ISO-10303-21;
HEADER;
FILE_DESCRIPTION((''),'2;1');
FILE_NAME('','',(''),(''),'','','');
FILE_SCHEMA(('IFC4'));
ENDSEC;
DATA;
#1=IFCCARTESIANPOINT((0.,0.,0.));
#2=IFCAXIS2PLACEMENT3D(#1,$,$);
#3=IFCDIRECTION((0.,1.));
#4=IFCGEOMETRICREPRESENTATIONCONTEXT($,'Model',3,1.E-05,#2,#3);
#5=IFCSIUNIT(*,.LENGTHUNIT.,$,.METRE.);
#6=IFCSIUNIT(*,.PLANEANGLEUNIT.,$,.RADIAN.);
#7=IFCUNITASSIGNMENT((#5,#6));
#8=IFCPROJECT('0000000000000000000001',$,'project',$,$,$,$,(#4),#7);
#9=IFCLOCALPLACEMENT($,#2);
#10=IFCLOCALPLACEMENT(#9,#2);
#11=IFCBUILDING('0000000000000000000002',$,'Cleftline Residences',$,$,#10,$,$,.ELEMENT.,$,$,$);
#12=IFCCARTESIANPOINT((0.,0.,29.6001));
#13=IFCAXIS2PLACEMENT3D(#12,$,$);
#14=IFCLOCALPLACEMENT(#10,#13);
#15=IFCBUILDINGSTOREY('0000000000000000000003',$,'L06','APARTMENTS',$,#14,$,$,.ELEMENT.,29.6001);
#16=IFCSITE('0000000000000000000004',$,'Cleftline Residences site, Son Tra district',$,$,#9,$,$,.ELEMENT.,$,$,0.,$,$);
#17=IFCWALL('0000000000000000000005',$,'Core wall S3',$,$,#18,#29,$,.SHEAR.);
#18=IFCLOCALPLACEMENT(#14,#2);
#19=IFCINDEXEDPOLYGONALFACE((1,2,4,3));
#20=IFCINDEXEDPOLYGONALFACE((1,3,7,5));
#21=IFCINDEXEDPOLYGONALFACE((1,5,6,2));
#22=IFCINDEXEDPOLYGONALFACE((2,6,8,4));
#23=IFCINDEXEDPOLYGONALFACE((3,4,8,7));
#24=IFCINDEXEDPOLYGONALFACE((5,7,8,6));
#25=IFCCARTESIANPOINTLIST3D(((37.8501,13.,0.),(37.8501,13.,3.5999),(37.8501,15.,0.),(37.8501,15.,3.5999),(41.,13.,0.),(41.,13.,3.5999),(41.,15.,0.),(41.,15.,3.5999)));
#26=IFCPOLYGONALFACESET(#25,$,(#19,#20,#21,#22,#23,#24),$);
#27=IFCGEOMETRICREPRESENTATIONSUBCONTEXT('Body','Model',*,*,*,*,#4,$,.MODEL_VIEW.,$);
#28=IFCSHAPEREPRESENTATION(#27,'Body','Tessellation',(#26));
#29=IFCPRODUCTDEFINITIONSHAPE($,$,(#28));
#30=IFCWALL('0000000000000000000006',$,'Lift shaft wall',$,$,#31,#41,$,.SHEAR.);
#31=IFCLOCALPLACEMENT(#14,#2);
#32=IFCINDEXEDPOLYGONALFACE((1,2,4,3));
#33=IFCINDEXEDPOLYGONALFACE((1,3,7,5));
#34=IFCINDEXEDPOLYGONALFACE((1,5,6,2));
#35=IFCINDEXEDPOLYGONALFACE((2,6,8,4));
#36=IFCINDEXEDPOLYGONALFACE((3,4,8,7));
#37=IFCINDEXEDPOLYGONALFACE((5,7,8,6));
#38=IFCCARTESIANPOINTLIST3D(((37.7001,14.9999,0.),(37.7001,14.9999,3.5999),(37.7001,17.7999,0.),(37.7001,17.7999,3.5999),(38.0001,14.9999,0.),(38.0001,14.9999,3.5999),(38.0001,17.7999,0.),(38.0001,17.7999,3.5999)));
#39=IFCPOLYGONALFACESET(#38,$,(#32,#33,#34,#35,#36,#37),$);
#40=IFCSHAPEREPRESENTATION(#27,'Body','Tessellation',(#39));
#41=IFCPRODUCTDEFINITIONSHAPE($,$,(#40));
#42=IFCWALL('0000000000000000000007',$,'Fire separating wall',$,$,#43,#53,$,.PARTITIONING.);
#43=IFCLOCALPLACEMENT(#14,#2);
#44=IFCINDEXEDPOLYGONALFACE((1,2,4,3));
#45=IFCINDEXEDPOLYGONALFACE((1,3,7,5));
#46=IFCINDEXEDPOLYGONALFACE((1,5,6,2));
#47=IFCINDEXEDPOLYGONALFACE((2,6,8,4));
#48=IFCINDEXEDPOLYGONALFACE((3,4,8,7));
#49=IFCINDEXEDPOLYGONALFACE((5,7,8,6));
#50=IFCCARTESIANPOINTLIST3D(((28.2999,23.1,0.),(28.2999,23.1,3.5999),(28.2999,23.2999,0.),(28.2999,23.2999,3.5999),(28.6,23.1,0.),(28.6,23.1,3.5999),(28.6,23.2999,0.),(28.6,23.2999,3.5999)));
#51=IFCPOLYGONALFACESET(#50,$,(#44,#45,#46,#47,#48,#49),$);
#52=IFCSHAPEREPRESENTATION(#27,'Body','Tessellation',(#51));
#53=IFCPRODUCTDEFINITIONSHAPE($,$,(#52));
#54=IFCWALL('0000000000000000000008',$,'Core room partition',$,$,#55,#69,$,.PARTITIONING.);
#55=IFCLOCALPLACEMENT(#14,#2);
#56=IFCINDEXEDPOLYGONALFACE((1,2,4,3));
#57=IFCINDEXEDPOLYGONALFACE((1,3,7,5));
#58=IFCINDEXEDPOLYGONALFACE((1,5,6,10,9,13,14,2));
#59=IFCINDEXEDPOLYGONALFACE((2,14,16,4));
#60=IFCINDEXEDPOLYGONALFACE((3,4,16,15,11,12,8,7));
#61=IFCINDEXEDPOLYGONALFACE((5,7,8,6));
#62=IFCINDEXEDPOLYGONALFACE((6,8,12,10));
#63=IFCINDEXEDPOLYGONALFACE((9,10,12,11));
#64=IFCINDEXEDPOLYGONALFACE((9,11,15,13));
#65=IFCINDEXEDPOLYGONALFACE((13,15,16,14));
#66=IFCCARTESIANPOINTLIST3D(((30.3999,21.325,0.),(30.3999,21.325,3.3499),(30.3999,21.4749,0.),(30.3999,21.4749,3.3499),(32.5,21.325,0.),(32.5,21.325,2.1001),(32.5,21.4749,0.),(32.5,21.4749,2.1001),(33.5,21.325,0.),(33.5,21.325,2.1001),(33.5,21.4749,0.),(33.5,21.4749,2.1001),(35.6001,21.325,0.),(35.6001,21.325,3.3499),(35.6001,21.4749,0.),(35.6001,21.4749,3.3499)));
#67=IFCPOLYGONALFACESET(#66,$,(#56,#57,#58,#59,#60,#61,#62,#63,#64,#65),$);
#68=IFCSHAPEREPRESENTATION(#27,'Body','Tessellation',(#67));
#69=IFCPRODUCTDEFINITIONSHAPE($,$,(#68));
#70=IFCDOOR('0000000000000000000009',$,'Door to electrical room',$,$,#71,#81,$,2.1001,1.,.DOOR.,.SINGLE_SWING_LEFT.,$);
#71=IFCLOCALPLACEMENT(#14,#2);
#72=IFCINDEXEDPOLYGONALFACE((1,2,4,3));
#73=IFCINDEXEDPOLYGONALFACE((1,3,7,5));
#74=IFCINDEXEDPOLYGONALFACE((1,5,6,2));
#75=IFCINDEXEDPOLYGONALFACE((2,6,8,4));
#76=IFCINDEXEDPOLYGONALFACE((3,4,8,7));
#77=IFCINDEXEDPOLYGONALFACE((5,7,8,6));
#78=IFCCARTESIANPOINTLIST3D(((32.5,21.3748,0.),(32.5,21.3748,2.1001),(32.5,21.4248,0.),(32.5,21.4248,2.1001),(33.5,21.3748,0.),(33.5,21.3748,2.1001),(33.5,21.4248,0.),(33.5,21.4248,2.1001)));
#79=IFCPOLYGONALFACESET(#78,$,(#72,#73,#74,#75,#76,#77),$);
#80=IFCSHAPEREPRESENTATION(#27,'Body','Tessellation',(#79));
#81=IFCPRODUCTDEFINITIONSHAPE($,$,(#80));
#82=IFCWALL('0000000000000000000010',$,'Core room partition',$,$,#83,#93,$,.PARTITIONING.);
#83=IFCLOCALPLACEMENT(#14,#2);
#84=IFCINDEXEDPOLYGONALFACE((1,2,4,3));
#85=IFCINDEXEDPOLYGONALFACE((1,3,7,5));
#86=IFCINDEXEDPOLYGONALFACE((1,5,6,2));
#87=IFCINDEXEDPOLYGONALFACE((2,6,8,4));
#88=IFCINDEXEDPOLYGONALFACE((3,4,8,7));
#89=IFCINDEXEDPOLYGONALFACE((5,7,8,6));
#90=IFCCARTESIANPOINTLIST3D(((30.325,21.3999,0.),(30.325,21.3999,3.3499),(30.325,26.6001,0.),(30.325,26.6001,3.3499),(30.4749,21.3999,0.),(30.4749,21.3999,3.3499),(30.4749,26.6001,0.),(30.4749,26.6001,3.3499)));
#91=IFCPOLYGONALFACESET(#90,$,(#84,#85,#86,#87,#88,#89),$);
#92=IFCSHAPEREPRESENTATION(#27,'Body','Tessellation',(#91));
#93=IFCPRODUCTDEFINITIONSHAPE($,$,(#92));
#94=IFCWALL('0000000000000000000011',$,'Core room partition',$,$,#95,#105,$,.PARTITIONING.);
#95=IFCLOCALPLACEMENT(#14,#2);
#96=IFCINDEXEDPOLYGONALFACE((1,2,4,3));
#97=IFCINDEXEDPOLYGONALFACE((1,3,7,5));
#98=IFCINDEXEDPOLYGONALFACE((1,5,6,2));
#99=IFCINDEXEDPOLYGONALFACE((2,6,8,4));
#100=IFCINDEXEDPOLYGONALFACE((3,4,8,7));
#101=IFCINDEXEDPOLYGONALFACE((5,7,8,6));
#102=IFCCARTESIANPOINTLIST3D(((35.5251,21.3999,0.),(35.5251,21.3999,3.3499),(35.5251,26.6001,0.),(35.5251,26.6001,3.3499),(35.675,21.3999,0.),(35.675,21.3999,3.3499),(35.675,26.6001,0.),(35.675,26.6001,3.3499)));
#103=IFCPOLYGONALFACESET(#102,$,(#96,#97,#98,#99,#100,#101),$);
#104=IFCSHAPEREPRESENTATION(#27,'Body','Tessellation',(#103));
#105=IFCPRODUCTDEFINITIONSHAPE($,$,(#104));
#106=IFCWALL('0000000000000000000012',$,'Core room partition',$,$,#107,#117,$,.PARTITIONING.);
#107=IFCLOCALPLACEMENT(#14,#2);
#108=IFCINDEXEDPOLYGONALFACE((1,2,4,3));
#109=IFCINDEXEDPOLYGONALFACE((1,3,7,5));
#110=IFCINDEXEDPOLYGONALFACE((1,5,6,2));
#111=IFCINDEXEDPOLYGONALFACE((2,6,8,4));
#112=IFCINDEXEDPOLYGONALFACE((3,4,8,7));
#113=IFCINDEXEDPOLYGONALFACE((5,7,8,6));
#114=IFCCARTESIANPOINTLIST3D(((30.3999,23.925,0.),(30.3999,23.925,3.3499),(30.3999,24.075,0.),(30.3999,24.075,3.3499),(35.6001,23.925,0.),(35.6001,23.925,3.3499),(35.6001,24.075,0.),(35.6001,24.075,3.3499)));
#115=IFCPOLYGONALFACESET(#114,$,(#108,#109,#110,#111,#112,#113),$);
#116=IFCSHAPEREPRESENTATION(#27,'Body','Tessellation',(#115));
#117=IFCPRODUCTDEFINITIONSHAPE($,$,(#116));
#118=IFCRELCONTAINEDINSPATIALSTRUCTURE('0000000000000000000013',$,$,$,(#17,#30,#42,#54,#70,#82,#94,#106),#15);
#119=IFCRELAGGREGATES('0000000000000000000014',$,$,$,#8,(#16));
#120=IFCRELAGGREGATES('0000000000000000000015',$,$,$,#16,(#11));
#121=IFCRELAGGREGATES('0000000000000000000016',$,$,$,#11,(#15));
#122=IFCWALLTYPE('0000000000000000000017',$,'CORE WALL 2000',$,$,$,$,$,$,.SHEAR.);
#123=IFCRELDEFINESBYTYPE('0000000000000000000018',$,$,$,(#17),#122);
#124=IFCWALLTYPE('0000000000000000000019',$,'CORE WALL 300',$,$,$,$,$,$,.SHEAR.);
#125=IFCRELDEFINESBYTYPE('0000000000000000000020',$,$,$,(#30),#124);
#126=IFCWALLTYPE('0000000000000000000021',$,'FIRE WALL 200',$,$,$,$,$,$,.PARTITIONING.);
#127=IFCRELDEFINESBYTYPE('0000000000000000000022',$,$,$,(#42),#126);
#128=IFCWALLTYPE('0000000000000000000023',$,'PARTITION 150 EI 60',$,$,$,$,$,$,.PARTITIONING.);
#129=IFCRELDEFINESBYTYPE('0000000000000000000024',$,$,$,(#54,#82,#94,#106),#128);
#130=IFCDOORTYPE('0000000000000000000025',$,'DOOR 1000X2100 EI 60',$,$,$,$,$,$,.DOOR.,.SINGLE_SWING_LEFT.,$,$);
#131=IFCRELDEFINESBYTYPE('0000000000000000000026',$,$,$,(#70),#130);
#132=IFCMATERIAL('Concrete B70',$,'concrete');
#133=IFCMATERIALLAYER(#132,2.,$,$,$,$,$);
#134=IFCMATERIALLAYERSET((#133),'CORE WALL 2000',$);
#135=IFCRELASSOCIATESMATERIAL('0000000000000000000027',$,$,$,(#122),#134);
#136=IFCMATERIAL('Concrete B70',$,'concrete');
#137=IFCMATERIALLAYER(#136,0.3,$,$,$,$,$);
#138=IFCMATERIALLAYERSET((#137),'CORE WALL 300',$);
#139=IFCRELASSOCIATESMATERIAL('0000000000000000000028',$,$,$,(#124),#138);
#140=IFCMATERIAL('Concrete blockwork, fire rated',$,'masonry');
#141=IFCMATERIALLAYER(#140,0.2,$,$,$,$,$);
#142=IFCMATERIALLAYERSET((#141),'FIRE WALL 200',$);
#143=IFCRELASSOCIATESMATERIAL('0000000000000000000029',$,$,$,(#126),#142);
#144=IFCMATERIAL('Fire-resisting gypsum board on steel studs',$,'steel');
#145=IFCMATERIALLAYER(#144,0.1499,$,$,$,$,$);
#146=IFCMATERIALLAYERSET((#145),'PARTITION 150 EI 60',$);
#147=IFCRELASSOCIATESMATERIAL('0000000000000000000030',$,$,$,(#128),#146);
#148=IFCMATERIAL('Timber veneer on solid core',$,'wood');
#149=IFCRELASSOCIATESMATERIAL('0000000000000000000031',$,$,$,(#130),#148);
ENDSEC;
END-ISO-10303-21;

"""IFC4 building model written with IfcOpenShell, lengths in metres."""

from ifc_helpers import new_model, si_unit, direction, frame, frame_2d, origin, place, context, subcontext, project, spatial, rectangle, extrude, material, layer, layer_set, type_object, element, fill, save


model = new_model("IFC4")

# Units and contexts
model_context = context("Model", 3, precision=1e-05, world=origin(), true_north=direction((0.0, 1.0)))
body_context = subcontext(model_context, "Body", "Model", "MODEL_VIEW")
ifc_project = project(units=[si_unit("LENGTHUNIT", "METRE"), si_unit("PLANEANGLEUNIT", "RADIAN")], contexts=[model_context])

# Site, building, storey
site_placement = place(None, origin())
site = spatial("IfcSite", under=ifc_project, at=site_placement, Name="Cleftline Residences site, Son Tra district", CompositionType="ELEMENT", RefElevation=0.0)
building_placement = place(site_placement, origin())
building = spatial("IfcBuilding", under=site, at=building_placement, Name="Cleftline Residences", CompositionType="ELEMENT")
storey_placement = place(building_placement, frame((0.0, 0.0, 29.6001)))
storey = spatial("IfcBuildingStorey", under=building, at=storey_placement, Name="L06", Description="APARTMENTS", CompositionType="ELEMENT", Elevation=29.6001)

# Walls
ifc_material_1 = material(Name="Concrete B70", Category="concrete")
ifc_layer_1 = layer(ifc_material_1, 2.0)
ifc_layer_set_1 = layer_set([ifc_layer_1], Name="CORE WALL 2000")
wall_type_1 = type_object("IfcWallType", Name="CORE WALL 2000", PredefinedType="SHEAR", material=ifc_layer_set_1)
wall_1_placement = place(storey_placement, frame((37.8501, 14.0, 0.0), z_axis=(0.0, 0.0, 1.0), x_axis=(1.0, 0.0, 0.0)))
element("IfcWall", 1, at=wall_1_placement, inside=storey, type_object=wall_type_1, Name="Core wall S3", PredefinedType="SHEAR", context=body_context, shape_type="SweptSolid", body=[
    extrude(rectangle(XDim=3.1499, YDim=2.0, at=frame_2d((1.575, 0.0))), origin(), (0.0, 0.0, 1.0), 3.5999),
])
ifc_material_2 = material(Name="Concrete B70", Category="concrete")
ifc_layer_2 = layer(ifc_material_2, 0.3)
ifc_layer_set_2 = layer_set([ifc_layer_2], Name="CORE WALL 300")
wall_type_2 = type_object("IfcWallType", Name="CORE WALL 300", PredefinedType="SHEAR", material=ifc_layer_set_2)
wall_2_placement = place(storey_placement, frame((37.8501, 15.0, 0.0), z_axis=(0.0, 0.0, 1.0), x_axis=(0.0, 1.0, 0.0)))
element("IfcWall", 2, at=wall_2_placement, inside=storey, type_object=wall_type_2, Name="Lift shaft wall", PredefinedType="SHEAR", context=body_context, shape_type="SweptSolid", body=[
    extrude(rectangle(XDim=2.8, YDim=0.3, at=frame_2d((1.3999, 0.0))), origin(), (0.0, 0.0, 1.0), 3.5999),
])
ifc_material_3 = material(Name="Concrete blockwork, fire rated", Category="masonry")
ifc_layer_3 = layer(ifc_material_3, 0.2)
ifc_layer_set_3 = layer_set([ifc_layer_3], Name="FIRE WALL 200")
wall_type_3 = type_object("IfcWallType", Name="FIRE WALL 200", PredefinedType="PARTITIONING", material=ifc_layer_set_3)
wall_3_placement = place(storey_placement, frame((28.3, 23.2, 0.0), z_axis=(0.0, 0.0, 1.0), x_axis=(1.0, 0.0, 0.0)))
element("IfcWall", 3, at=wall_3_placement, inside=storey, type_object=wall_type_3, Name="Fire separating wall", PredefinedType="PARTITIONING", context=body_context, shape_type="SweptSolid", body=[
    extrude(rectangle(XDim=0.3, YDim=0.2, at=frame_2d((0.1499, 0.0))), origin(), (0.0, 0.0, 1.0), 3.5999),
])

# Wall, opening, door
ifc_material_4 = material(Name="Fire-resisting gypsum board on steel studs", Category="steel")
ifc_layer_4 = layer(ifc_material_4, 0.1499)
ifc_layer_set_4 = layer_set([ifc_layer_4], Name="PARTITION 150 EI 60")
wall_type_4 = type_object("IfcWallType", Name="PARTITION 150 EI 60", PredefinedType="PARTITIONING", material=ifc_layer_set_4)
wall_4_placement = place(storey_placement, frame((30.3999, 21.3999, 0.0), z_axis=(0.0, 0.0, 1.0), x_axis=(1.0, 0.0, 0.0)))
wall_4 = element("IfcWall", 4, at=wall_4_placement, inside=storey, type_object=wall_type_4, Name="Core room partition", PredefinedType="PARTITIONING", context=body_context, shape_type="SweptSolid", body=[
    extrude(rectangle(XDim=5.2002, YDim=0.1499, at=frame_2d((2.6001, 0.0))), origin(), (0.0, 0.0, 1.0), 3.3499),
])
opening_1_placement = place(wall_4_placement, frame((2.1001, 0.0, 0.0)))
opening_1 = element("IfcOpeningElement", 5, at=opening_1_placement, cuts=wall_4, PredefinedType="OPENING", context=body_context, shape_type="SweptSolid", body=[
    extrude(rectangle(XDim=1.0, YDim=2.1001, at=frame_2d((0.5, 1.05))), frame((0.0, 0.085, 0.0), z_axis=(0.0, -1.0, 0.0), x_axis=(1.0, 0.0, 0.0)), (0.0, 0.0, 1.0), 0.1699),
])
ifc_material_5 = material(Name="Timber veneer on solid core", Category="wood")
door_type_1 = type_object("IfcDoorType", Name="DOOR 1000X2100 EI 60", OperationType="SINGLE_SWING_LEFT", PredefinedType="DOOR", material=ifc_material_5)
door_1_placement = place(opening_1_placement, origin())
door_1 = element("IfcDoor", 6, at=door_1_placement, inside=storey, type_object=door_type_1, Name="Door to electrical room", OperationType="SINGLE_SWING_LEFT", OverallHeight=2.1001, OverallWidth=1.0, PredefinedType="DOOR", context=body_context, shape_type="SweptSolid", body=[
    extrude(rectangle(XDim=1.0, YDim=2.1001, at=frame_2d((0.5, 1.05))), frame((0.0, 0.0249, 0.0), z_axis=(0.0, -1.0, 0.0), x_axis=(1.0, 0.0, 0.0)), (0.0, 0.0, 1.0), 0.05),
])
fill(opening_1, door_1)

# Walls
for number, where, z_axis, x_axis, name in (
    (7, (30.3999, 21.3999, 0.0), (0.0, 0.0, 1.0), (0.0, 1.0, 0.0), "Core room partition"),
    (8, (35.6001, 21.3999, 0.0), (0.0, 0.0, 1.0), (0.0, 1.0, 0.0), "Core room partition"),
    (9, (30.3999, 24.0, 0.0), (0.0, 0.0, 1.0), (1.0, 0.0, 0.0), "Core room partition"),
):
    element("IfcWall", number, at=place(storey_placement, frame(where, z_axis=z_axis, x_axis=x_axis)), inside=storey, type_object=wall_type_4, Name=name, PredefinedType="PARTITIONING", context=body_context, shape_type="SweptSolid", body=[
        extrude(rectangle(XDim=5.2002, YDim=0.1499, at=frame_2d((2.6001, 0.0))), origin(), (0.0, 0.0, 1.0), 3.3499),
    ])

save(model, "model.ifc")
